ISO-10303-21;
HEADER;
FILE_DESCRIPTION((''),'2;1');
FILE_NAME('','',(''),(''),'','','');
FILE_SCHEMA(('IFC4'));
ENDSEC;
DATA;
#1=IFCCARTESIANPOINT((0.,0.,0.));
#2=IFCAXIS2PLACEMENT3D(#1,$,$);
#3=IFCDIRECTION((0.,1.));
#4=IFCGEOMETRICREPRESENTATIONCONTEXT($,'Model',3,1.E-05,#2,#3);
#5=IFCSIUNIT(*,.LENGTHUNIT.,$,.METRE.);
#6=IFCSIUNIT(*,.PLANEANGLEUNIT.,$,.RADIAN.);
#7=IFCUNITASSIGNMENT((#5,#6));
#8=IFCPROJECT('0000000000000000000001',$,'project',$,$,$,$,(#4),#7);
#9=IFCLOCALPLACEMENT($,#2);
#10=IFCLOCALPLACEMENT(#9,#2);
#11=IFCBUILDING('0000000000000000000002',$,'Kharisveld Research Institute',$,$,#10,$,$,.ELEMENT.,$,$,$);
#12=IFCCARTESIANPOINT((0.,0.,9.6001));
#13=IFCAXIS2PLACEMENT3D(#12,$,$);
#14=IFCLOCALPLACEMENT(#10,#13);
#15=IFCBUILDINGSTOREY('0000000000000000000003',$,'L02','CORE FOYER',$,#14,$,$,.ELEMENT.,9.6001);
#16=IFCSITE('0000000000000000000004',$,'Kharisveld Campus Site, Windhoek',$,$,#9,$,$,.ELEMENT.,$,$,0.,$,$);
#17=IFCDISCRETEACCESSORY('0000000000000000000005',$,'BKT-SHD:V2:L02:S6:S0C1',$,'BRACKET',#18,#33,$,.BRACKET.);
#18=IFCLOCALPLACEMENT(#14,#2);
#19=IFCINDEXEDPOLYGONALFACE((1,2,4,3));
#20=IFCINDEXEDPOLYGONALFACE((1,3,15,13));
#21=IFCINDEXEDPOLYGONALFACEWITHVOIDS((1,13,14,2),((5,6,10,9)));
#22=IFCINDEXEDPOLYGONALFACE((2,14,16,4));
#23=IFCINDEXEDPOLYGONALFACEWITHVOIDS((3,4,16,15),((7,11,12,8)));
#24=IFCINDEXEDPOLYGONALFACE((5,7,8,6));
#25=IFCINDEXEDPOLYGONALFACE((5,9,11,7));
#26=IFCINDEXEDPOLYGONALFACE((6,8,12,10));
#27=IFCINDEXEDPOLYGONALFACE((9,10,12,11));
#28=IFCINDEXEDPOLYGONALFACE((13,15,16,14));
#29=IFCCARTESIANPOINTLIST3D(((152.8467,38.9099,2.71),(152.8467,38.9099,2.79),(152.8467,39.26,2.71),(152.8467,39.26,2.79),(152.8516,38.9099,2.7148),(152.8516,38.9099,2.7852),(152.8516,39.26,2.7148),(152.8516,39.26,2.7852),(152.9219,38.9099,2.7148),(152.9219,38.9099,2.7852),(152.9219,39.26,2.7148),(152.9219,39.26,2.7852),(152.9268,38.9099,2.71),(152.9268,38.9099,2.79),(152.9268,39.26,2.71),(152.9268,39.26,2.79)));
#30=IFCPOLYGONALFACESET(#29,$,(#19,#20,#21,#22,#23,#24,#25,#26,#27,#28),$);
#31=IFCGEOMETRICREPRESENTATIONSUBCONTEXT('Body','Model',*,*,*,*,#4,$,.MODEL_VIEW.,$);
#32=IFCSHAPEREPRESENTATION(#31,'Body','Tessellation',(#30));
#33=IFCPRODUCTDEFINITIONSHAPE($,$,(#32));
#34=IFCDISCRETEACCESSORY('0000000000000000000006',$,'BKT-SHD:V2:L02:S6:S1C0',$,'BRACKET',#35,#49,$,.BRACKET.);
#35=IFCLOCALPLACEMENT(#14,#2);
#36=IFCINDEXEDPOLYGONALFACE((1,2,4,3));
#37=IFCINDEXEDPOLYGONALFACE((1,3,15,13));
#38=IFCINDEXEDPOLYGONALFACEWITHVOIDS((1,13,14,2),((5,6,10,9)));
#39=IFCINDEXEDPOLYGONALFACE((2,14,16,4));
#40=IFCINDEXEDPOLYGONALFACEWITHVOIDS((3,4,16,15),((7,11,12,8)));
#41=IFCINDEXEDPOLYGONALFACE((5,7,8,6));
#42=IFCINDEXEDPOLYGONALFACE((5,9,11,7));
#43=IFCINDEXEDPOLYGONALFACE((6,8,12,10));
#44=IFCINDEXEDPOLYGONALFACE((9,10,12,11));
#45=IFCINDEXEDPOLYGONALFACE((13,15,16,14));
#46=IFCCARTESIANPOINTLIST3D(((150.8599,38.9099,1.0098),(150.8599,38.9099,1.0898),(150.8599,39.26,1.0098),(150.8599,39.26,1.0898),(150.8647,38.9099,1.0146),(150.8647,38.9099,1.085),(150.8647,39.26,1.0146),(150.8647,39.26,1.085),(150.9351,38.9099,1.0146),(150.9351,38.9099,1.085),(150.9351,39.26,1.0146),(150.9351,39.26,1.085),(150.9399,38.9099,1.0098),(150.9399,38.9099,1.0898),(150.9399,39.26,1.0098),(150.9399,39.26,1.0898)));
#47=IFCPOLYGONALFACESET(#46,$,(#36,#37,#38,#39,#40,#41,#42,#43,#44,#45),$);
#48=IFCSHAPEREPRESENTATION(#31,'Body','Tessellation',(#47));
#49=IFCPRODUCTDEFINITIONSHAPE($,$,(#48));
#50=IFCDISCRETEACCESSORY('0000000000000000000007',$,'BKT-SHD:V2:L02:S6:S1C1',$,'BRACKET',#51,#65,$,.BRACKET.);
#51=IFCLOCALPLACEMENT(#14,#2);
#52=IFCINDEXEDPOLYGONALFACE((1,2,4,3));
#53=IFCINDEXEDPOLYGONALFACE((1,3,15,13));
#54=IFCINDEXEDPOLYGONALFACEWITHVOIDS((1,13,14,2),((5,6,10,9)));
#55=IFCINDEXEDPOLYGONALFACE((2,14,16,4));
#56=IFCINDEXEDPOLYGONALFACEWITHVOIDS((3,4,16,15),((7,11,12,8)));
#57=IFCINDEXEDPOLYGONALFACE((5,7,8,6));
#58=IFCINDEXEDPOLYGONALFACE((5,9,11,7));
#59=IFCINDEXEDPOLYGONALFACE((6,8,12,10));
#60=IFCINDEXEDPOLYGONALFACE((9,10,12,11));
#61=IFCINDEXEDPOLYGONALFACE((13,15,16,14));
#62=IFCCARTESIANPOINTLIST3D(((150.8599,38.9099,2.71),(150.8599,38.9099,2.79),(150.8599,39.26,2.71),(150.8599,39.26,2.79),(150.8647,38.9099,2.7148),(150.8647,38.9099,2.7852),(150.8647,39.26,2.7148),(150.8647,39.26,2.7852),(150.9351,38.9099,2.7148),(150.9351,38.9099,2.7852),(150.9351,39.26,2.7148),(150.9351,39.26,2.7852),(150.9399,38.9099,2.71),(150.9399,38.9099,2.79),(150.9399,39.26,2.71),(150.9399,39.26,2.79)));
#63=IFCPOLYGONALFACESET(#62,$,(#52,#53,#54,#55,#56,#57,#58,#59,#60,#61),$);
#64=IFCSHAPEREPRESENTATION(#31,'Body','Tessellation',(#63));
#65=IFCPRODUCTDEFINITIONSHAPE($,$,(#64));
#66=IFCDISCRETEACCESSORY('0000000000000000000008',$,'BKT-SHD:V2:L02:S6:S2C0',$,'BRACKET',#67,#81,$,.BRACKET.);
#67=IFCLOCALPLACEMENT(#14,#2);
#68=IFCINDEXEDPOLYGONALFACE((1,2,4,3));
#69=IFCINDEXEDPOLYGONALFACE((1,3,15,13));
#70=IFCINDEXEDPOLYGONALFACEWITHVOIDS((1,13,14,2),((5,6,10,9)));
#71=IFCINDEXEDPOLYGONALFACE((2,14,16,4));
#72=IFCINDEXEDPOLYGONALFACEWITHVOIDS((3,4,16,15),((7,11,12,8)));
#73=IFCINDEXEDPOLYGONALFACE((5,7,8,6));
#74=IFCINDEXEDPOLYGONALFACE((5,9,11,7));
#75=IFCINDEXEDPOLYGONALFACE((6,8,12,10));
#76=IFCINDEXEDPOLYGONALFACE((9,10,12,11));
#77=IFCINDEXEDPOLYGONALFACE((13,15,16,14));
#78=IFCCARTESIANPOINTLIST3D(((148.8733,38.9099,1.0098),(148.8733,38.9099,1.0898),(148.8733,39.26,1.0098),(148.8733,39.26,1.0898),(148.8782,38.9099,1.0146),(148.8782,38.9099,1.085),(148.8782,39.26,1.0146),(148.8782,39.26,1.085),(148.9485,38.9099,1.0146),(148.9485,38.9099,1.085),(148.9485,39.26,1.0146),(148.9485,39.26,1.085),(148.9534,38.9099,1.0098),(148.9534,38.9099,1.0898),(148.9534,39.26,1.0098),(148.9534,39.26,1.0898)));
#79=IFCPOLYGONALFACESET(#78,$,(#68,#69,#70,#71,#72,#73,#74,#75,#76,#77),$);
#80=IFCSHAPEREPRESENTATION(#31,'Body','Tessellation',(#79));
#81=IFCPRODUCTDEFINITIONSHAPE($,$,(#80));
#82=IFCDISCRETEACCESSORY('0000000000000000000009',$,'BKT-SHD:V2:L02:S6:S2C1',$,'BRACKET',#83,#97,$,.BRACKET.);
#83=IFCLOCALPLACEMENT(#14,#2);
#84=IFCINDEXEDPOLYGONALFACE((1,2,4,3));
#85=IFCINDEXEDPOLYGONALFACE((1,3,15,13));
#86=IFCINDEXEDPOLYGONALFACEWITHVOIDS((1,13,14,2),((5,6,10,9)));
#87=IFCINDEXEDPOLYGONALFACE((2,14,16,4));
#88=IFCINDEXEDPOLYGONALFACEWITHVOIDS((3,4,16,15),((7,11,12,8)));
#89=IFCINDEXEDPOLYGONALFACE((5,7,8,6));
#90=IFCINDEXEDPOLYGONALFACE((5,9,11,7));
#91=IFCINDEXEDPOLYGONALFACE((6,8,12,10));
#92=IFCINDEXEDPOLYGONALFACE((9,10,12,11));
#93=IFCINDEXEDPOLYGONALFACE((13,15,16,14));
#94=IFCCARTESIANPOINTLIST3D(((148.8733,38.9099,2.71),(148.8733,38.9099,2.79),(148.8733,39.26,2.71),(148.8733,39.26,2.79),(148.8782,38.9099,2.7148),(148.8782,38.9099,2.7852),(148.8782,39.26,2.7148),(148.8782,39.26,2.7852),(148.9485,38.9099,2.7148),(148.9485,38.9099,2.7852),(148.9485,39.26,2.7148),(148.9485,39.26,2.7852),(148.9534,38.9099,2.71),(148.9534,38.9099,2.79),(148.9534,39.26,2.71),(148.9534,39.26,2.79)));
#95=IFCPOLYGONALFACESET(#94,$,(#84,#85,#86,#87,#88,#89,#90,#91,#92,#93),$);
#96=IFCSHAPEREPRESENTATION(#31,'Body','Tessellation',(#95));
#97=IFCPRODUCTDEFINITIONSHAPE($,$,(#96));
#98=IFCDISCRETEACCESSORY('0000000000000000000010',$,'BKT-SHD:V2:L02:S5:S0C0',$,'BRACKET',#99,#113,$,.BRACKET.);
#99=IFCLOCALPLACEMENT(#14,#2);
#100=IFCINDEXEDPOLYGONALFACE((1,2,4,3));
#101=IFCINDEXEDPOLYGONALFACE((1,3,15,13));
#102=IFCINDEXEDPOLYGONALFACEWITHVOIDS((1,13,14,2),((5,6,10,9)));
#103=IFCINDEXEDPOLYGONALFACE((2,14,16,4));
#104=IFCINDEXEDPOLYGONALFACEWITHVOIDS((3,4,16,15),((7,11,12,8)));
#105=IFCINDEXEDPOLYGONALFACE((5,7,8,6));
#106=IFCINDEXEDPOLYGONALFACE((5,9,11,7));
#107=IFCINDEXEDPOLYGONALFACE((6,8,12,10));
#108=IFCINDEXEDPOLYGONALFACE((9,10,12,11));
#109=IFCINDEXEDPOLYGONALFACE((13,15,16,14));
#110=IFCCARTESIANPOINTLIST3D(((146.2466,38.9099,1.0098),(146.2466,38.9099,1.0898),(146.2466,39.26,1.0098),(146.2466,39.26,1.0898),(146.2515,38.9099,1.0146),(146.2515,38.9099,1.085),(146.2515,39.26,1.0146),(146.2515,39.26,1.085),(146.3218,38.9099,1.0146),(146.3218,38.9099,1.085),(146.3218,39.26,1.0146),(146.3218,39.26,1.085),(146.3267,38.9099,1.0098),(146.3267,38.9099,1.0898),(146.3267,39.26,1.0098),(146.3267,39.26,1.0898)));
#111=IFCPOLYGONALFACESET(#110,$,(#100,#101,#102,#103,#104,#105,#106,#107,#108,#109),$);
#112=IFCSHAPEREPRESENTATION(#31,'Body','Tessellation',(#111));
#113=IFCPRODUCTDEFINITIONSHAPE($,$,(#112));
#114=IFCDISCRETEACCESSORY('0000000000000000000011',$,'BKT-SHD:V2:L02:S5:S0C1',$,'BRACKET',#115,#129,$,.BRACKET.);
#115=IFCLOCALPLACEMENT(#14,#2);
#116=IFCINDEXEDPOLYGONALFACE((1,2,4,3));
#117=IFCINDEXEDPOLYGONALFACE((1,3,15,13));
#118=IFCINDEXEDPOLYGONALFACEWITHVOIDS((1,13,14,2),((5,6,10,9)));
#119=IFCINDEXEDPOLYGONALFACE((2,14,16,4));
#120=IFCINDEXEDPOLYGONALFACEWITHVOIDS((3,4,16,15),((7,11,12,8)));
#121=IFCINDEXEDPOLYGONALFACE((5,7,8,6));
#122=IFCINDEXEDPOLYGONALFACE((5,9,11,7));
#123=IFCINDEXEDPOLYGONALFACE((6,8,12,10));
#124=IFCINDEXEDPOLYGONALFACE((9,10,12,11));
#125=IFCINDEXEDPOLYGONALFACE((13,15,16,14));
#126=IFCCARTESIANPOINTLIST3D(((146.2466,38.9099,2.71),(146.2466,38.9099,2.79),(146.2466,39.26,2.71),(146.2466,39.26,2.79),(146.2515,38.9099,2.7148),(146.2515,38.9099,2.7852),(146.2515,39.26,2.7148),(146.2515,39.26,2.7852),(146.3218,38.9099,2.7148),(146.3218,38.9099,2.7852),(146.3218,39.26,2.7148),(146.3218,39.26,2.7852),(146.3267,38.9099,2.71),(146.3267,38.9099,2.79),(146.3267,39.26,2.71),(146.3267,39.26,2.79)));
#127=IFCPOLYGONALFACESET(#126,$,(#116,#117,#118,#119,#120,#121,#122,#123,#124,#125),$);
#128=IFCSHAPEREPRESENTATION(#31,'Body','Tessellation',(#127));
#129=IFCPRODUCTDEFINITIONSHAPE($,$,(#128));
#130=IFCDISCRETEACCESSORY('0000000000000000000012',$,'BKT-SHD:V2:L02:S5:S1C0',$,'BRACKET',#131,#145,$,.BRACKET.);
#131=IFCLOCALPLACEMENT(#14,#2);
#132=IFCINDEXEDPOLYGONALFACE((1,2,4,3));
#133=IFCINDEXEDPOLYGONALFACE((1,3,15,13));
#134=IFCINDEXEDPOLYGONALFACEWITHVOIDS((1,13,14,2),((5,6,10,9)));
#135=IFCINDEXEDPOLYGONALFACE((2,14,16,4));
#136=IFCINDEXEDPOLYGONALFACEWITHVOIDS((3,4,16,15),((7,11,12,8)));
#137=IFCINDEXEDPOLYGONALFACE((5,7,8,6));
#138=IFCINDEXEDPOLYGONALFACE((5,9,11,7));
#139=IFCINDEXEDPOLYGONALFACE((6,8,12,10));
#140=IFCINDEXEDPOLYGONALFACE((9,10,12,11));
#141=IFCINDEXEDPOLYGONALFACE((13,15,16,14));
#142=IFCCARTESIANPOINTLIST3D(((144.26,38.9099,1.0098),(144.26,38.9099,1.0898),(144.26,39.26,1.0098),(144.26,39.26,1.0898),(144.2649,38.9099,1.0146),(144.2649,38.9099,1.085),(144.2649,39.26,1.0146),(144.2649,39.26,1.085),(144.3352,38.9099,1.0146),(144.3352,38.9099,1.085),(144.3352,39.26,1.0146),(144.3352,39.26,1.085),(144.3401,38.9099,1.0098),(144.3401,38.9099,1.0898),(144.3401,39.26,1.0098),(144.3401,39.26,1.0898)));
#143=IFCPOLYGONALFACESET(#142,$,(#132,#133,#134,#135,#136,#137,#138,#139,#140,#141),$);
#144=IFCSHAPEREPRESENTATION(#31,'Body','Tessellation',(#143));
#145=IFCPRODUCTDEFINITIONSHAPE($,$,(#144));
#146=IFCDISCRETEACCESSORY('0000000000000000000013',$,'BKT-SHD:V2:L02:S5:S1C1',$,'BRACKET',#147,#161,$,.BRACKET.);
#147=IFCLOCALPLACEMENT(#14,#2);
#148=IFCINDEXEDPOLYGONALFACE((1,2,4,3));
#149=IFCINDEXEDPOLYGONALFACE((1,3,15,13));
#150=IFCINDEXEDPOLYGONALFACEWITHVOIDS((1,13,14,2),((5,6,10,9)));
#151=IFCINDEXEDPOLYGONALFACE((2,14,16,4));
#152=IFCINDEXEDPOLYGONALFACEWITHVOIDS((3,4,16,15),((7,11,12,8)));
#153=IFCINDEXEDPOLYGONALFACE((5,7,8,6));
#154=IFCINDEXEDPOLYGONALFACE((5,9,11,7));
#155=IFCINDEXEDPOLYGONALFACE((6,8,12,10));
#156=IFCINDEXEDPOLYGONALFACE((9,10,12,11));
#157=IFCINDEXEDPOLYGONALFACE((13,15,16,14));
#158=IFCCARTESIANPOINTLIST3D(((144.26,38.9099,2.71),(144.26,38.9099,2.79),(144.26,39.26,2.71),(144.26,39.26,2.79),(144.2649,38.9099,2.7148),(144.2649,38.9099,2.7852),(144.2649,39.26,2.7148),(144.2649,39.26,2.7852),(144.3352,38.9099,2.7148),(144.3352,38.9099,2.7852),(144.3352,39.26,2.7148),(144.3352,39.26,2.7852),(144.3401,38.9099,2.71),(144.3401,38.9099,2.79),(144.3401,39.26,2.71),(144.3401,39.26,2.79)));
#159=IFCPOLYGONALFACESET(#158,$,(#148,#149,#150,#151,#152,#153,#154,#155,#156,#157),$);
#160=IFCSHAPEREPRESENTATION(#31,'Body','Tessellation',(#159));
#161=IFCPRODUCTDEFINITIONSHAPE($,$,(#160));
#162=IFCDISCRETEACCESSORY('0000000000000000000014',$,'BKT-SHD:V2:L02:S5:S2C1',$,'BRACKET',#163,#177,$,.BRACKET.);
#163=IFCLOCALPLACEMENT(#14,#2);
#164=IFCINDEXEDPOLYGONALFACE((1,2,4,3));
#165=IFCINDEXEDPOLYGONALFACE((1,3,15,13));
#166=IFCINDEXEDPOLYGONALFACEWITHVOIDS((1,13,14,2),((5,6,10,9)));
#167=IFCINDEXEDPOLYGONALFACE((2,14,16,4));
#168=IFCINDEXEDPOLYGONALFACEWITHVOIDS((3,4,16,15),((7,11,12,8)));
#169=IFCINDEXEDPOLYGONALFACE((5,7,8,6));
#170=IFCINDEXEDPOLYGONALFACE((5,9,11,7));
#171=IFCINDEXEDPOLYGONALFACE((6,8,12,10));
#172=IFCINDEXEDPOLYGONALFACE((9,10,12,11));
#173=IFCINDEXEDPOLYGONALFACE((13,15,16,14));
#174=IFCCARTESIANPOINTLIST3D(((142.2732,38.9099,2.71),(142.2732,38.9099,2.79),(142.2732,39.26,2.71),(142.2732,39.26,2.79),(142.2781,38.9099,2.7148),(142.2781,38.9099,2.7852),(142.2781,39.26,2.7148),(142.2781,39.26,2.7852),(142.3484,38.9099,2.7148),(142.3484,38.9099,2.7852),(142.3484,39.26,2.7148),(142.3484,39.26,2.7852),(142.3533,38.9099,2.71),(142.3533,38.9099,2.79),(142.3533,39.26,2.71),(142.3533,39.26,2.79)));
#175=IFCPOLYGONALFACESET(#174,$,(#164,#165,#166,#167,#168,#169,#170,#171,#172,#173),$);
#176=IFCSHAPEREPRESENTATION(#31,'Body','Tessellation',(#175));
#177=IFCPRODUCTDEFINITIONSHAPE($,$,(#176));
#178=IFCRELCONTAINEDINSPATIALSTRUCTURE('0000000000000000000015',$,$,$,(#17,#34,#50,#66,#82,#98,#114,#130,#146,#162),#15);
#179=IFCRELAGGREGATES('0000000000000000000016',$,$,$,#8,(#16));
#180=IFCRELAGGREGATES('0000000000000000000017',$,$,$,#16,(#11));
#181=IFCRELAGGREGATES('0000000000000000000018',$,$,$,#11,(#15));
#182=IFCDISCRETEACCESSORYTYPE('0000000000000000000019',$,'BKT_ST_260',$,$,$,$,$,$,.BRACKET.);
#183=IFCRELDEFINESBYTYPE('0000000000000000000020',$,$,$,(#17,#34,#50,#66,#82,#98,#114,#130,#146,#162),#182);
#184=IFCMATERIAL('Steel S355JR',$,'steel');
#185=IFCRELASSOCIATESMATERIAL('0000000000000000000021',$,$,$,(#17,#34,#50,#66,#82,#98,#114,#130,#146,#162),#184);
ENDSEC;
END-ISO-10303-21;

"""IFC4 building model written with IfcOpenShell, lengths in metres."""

from ifc_helpers import new_model, si_unit, direction, frame, origin, origin_2d, place, context, subcontext, project, spatial, hollow_rectangle, extrude, material, type_object, element, save


model = new_model("IFC4")

# Units and contexts
model_context = context("Model", 3, precision=1e-05, world=origin(), true_north=direction((0.0, 1.0)))
body_context = subcontext(model_context, "Body", "Model", "MODEL_VIEW")
ifc_project = project(units=[si_unit("LENGTHUNIT", "METRE"), si_unit("PLANEANGLEUNIT", "RADIAN")], contexts=[model_context])

# Site, building, storey
site_placement = place(None, origin())
site = spatial("IfcSite", under=ifc_project, at=site_placement, Name="Kharisveld Campus Site, Windhoek", CompositionType="ELEMENT", RefElevation=0.0)
building_placement = place(site_placement, origin())
building = spatial("IfcBuilding", under=site, at=building_placement, Name="Kharisveld Research Institute", CompositionType="ELEMENT")
storey_placement = place(building_placement, frame((0.0, 0.0, 9.6001)))
storey = spatial("IfcBuildingStorey", under=building, at=storey_placement, Name="L02", Description="CORE FOYER", CompositionType="ELEMENT", Elevation=9.6001)

# Discrete accessories
ifc_material_1 = material(Name="Steel S355JR", Category="steel")
discrete_accessory_type = type_object("IfcDiscreteAccessoryType", Name="BKT_ST_260", PredefinedType="BRACKET")
for number, where, z_axis, x_axis, name in (
    (1, (152.8867, 39.26, 2.75), (0.0, -1.0, 0.0), (1.0, 0.0, 0.0), "BKT-SHD:V2:L02:S6:S0C1"),
    (2, (150.8999, 39.26, 1.0498), (0.0, -1.0, 0.0), (1.0, 0.0, 0.0), "BKT-SHD:V2:L02:S6:S1C0"),
    (3, (150.8999, 39.26, 2.75), (0.0, -1.0, 0.0), (1.0, 0.0, 0.0), "BKT-SHD:V2:L02:S6:S1C1"),
    (4, (148.9133, 39.26, 1.0498), (0.0, -1.0, 0.0), (1.0, 0.0, 0.0), "BKT-SHD:V2:L02:S6:S2C0"),
    (5, (148.9133, 39.26, 2.75), (0.0, -1.0, 0.0), (1.0, 0.0, 0.0), "BKT-SHD:V2:L02:S6:S2C1"),
    (6, (146.2866, 39.26, 1.0498), (0.0, -1.0, 0.0), (1.0, 0.0, 0.0), "BKT-SHD:V2:L02:S5:S0C0"),
    (7, (146.2866, 39.26, 2.75), (0.0, -1.0, 0.0), (1.0, 0.0, 0.0), "BKT-SHD:V2:L02:S5:S0C1"),
    (8, (144.3, 39.26, 1.0498), (0.0, -1.0, 0.0), (1.0, 0.0, 0.0), "BKT-SHD:V2:L02:S5:S1C0"),
    (9, (144.3, 39.26, 2.75), (0.0, -1.0, 0.0), (1.0, 0.0, 0.0), "BKT-SHD:V2:L02:S5:S1C1"),
    (10, (142.3132, 39.26, 2.75), (0.0, -1.0, 0.0), (1.0, 0.0, 0.0), "BKT-SHD:V2:L02:S5:S2C1"),
):
    element("IfcDiscreteAccessory", number, at=place(storey_placement, frame(where, z_axis=z_axis, x_axis=x_axis)), inside=storey, type_object=discrete_accessory_type, material=ifc_material_1, Name=name, ObjectType="BRACKET", PredefinedType="BRACKET", context=body_context, shape_type="SweptSolid", body=[
        extrude(hollow_rectangle(XDim=0.0801, YDim=0.0801, WallThickness=0.0049, at=origin_2d()), origin(), (0.0, 0.0, 1.0), 0.3501),
    ])

save(model, "model.ifc")
